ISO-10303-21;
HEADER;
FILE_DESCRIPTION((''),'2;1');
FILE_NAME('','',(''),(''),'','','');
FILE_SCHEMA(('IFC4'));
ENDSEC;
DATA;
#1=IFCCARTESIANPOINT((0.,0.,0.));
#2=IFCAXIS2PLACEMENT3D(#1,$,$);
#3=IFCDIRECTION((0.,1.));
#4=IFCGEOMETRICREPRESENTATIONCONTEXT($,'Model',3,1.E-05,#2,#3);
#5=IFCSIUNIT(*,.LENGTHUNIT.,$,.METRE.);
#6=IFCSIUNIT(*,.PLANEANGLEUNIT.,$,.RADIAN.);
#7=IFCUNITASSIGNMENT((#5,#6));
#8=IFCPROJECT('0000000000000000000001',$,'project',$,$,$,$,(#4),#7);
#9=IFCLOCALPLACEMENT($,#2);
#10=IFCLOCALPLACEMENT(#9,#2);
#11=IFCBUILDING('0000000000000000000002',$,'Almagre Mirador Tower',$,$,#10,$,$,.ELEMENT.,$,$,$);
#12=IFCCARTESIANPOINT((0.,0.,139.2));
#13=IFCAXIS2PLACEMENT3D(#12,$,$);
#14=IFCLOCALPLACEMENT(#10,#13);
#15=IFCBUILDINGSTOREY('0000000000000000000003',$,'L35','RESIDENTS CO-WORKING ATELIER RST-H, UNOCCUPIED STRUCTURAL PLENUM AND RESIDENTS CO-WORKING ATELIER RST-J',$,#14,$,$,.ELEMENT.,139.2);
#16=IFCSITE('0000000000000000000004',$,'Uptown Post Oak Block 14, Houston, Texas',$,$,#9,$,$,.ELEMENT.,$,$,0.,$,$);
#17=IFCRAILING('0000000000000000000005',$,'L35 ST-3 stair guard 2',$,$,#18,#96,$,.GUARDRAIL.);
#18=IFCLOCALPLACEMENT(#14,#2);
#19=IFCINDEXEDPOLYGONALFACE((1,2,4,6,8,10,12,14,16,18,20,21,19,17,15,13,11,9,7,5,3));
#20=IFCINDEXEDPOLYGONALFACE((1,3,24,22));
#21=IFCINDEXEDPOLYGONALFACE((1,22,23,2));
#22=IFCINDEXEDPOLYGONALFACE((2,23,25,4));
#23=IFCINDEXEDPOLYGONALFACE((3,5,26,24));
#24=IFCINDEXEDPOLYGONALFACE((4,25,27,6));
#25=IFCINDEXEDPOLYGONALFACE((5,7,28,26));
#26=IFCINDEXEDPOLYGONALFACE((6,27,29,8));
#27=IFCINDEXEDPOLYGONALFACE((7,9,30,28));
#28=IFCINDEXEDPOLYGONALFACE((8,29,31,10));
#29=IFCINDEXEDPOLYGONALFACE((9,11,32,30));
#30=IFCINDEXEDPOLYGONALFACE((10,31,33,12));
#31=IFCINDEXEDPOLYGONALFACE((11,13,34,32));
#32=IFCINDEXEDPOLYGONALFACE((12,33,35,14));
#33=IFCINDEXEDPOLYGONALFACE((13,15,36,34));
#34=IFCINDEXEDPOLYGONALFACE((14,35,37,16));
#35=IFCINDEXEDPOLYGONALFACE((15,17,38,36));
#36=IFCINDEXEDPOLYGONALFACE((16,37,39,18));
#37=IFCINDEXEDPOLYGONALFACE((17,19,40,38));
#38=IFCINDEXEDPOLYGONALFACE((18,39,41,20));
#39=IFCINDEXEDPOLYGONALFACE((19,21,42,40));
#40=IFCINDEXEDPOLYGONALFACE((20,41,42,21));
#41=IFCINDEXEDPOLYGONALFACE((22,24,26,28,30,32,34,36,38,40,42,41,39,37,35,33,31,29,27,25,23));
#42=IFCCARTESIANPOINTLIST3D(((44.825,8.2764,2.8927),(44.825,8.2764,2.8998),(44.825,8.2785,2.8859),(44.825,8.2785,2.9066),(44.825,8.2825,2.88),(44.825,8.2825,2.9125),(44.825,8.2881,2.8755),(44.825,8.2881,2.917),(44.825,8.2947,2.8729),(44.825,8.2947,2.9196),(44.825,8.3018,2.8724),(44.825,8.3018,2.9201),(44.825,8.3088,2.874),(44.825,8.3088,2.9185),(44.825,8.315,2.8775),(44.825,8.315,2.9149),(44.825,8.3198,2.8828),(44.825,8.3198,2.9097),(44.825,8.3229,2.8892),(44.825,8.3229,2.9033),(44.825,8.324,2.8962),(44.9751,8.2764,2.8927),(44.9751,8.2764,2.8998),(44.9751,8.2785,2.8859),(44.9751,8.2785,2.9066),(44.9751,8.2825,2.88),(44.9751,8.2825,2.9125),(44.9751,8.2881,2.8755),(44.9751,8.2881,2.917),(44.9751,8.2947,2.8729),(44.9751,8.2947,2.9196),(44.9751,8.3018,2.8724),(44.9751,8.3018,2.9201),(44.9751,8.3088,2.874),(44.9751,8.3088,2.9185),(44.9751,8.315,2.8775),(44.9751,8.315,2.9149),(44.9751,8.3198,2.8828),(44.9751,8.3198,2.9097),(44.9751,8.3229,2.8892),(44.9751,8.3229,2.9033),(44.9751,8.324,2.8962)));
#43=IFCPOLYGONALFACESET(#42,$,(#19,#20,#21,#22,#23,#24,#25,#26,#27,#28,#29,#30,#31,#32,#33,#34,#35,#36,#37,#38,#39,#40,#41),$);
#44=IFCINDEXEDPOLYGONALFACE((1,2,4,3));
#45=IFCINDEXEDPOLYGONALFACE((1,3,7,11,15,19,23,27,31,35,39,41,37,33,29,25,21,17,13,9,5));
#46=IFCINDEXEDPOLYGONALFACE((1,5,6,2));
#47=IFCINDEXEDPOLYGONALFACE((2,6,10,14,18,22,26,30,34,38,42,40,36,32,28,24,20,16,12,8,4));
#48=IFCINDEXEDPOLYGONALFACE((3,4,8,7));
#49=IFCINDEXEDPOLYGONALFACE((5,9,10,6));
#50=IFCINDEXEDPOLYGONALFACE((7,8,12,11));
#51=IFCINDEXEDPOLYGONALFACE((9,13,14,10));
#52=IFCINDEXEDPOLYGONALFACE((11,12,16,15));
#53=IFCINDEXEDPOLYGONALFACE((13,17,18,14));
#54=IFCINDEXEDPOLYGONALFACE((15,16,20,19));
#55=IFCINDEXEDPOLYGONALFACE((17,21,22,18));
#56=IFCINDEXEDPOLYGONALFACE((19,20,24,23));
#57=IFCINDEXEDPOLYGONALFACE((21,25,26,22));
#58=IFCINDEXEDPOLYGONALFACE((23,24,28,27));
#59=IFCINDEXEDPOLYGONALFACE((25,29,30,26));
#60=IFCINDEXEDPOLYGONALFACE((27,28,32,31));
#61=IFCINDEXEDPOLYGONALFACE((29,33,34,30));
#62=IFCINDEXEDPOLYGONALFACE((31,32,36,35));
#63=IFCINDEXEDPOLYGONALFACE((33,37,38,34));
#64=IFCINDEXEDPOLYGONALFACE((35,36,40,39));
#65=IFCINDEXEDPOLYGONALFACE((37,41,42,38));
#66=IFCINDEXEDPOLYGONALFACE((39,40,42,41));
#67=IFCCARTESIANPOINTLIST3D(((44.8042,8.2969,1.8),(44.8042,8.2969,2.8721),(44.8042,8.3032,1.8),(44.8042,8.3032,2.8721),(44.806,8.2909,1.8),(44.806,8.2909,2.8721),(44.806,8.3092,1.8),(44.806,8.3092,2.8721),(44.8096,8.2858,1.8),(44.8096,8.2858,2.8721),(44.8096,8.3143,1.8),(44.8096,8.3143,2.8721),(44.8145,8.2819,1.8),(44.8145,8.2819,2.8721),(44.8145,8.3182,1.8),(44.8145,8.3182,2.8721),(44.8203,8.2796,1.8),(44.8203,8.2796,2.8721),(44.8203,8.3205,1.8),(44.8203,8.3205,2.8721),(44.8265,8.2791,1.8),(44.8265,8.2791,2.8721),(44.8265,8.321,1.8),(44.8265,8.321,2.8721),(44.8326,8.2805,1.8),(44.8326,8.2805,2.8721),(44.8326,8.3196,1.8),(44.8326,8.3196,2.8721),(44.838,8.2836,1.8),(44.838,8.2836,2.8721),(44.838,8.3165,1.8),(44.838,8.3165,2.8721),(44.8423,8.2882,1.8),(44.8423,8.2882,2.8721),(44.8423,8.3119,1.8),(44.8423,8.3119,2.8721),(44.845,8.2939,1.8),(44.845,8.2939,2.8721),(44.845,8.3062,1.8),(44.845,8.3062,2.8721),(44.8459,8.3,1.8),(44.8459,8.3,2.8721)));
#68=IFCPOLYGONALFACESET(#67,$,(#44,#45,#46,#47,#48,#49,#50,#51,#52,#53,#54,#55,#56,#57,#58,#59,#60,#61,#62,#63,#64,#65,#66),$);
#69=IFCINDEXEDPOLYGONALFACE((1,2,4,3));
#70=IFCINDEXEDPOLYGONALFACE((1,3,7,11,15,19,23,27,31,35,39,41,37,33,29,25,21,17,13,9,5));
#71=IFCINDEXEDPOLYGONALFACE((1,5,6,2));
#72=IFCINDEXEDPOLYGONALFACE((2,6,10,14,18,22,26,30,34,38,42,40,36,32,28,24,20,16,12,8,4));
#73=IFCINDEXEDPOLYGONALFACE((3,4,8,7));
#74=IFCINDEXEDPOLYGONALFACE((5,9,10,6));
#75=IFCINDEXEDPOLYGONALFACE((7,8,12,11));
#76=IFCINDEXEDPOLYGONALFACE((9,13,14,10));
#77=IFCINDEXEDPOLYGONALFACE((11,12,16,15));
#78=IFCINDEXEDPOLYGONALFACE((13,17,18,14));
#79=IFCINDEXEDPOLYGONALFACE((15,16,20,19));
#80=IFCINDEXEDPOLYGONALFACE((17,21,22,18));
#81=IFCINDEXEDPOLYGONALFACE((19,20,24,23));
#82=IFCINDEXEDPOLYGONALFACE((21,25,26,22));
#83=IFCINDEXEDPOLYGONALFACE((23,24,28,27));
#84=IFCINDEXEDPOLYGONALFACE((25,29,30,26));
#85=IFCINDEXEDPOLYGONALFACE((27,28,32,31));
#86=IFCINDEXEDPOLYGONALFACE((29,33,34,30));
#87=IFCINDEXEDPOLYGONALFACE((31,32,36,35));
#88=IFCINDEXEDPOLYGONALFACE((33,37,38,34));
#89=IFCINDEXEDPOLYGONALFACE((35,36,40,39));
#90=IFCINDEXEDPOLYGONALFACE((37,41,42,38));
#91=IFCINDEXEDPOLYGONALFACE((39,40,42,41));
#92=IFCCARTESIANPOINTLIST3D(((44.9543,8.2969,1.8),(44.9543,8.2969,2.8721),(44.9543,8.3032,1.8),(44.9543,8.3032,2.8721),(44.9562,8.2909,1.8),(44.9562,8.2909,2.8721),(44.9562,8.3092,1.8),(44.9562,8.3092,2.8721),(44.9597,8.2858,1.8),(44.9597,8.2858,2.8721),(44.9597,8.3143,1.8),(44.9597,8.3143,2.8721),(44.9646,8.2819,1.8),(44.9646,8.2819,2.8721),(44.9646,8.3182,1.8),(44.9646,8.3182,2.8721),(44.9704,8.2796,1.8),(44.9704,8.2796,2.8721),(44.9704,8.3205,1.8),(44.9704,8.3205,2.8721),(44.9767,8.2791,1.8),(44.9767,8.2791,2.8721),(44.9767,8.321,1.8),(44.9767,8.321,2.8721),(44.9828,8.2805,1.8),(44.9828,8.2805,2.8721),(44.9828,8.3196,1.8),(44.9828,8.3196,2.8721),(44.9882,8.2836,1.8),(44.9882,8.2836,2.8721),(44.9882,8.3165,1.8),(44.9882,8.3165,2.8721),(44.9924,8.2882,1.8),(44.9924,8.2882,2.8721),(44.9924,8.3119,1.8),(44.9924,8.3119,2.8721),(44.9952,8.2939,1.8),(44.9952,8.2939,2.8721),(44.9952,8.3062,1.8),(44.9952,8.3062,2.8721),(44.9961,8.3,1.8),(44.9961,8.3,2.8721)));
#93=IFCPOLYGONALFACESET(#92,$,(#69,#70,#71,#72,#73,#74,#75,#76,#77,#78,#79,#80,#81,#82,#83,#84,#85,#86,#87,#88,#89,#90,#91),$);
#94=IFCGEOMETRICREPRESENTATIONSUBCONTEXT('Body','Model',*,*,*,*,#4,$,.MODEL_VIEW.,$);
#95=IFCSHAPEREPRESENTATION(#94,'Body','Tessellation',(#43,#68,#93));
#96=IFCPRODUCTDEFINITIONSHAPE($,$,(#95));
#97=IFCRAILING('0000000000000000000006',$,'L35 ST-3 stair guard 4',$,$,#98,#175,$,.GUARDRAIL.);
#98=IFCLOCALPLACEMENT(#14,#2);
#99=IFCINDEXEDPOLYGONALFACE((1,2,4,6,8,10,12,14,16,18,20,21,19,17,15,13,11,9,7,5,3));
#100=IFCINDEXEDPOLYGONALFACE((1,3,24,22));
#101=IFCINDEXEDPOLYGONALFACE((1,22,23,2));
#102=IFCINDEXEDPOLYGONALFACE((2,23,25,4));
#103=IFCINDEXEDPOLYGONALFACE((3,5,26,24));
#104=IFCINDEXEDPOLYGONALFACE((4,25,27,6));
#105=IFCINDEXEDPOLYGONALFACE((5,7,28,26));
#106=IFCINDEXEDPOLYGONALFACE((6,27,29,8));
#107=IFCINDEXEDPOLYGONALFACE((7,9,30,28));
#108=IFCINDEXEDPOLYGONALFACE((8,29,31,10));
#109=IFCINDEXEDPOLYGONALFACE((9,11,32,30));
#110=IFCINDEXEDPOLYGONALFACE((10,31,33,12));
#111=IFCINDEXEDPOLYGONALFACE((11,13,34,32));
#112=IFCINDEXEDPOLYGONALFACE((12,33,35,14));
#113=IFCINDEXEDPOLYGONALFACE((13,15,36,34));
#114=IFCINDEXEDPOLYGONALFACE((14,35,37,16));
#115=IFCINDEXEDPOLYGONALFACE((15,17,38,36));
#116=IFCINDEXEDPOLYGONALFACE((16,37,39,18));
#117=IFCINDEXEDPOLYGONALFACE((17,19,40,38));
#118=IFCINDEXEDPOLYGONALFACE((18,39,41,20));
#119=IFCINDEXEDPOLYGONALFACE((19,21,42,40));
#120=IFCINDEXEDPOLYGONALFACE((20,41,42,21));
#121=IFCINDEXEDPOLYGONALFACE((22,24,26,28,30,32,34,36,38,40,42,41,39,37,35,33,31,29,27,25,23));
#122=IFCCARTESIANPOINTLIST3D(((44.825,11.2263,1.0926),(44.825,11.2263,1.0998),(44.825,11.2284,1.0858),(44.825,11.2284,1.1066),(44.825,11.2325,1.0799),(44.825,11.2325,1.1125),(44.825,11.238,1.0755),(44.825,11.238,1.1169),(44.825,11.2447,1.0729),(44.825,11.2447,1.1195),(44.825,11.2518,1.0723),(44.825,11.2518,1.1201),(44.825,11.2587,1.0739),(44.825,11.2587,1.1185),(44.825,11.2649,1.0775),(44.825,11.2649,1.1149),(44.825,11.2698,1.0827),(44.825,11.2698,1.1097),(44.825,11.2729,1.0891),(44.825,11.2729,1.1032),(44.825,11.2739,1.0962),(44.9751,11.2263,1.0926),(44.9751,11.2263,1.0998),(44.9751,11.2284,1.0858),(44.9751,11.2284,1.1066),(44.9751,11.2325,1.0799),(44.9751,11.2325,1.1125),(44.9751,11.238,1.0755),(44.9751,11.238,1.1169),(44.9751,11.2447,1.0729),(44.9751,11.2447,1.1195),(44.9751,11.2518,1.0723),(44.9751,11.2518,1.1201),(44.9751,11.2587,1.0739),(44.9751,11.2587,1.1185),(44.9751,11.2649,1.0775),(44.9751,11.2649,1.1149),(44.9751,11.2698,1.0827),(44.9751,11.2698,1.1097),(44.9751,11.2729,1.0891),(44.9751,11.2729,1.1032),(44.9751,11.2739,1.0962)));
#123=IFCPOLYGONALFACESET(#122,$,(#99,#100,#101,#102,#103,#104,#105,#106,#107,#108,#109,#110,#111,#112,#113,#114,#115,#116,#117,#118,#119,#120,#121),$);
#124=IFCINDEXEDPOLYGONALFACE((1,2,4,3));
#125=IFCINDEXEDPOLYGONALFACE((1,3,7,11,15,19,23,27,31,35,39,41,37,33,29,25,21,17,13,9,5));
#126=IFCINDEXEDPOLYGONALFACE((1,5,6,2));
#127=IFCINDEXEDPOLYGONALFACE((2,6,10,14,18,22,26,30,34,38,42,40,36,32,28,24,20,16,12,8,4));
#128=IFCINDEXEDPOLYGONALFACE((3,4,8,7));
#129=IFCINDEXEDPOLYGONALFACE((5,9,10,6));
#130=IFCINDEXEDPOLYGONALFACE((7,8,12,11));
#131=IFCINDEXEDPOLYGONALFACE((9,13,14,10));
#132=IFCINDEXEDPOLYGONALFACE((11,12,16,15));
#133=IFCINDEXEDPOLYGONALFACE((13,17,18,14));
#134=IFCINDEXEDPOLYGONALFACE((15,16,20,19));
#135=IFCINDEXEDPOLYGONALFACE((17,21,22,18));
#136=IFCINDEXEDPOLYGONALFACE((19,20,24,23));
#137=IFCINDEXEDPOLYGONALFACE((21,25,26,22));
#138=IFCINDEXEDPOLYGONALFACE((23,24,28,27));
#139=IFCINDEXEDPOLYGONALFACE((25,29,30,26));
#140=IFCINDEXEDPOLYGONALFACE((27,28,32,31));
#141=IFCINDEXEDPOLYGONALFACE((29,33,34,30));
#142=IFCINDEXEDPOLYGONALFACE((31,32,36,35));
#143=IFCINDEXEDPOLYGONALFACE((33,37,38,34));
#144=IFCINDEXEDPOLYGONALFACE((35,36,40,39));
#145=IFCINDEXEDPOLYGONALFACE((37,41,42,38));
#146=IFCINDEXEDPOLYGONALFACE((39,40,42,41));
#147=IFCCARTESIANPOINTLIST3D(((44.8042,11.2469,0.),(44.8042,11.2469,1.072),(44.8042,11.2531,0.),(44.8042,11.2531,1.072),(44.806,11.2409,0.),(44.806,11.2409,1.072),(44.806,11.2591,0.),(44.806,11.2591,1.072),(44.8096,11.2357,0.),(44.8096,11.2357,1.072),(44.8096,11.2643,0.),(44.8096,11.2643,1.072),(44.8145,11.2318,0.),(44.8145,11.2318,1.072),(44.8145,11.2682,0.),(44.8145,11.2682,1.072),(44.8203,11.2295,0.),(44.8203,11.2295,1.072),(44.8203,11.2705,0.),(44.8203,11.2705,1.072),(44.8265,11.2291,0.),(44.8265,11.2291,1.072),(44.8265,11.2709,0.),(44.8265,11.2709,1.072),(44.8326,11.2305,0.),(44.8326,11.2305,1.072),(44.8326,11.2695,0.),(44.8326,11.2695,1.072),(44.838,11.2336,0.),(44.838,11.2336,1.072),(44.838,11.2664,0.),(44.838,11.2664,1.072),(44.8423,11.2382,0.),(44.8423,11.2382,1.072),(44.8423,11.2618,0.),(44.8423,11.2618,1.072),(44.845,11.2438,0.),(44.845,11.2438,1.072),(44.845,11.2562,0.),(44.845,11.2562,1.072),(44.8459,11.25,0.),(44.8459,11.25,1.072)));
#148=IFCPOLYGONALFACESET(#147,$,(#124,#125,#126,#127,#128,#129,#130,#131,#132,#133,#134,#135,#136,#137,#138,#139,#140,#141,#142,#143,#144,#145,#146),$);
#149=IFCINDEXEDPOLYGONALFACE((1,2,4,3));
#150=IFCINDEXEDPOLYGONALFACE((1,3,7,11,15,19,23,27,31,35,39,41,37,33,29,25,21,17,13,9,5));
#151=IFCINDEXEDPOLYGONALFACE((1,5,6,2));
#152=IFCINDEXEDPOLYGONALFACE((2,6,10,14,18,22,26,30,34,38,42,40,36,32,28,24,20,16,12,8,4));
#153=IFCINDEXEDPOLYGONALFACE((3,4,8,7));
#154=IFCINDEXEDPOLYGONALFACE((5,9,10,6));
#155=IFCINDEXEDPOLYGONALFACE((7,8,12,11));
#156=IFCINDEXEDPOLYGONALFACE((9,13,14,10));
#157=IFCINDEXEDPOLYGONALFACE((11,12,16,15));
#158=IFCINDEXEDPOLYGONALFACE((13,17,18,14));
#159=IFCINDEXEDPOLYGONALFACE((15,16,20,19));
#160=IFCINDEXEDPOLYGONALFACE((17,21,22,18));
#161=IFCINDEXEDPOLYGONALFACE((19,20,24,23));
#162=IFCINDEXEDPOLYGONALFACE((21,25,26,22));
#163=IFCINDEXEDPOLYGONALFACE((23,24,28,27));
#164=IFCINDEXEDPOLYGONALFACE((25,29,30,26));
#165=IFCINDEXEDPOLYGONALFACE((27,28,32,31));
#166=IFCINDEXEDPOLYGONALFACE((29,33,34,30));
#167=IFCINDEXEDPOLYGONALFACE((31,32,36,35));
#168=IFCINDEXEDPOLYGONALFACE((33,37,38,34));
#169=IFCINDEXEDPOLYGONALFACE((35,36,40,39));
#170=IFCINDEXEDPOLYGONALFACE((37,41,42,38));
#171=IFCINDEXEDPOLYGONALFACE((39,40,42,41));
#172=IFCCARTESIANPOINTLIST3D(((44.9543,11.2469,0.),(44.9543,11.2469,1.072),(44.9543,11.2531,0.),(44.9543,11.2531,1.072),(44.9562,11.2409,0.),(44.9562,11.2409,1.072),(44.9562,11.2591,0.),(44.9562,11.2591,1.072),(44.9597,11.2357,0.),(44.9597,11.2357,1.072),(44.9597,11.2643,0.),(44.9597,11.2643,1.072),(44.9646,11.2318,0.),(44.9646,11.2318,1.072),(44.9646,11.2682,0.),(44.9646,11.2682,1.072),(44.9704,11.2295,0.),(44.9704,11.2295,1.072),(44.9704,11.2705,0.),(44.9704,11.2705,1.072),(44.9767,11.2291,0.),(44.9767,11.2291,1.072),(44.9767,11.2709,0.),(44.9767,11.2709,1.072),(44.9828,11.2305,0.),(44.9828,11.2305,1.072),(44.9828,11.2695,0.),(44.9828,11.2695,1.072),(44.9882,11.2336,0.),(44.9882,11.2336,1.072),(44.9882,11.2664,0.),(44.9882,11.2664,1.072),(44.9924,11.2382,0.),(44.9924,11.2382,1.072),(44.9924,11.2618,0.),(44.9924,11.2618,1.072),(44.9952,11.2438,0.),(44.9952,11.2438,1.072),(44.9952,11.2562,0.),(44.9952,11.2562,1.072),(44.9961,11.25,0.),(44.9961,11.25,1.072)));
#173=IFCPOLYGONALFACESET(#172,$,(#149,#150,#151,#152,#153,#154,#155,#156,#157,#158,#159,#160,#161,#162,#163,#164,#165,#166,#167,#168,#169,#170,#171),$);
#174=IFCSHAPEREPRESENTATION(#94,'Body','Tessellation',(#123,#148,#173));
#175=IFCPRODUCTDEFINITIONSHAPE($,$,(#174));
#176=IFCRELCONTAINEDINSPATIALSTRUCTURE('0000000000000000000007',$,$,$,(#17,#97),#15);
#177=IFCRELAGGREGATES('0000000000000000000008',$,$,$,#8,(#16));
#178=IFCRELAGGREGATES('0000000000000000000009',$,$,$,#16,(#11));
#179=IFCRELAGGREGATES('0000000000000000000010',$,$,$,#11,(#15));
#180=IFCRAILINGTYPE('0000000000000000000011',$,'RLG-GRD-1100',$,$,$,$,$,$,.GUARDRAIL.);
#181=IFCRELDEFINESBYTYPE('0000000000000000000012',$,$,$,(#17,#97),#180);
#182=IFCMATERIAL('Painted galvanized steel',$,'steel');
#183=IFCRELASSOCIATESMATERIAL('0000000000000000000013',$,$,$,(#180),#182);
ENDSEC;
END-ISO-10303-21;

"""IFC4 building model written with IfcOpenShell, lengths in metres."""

from ifc_helpers import new_model, si_unit, direction, frame, origin, origin_2d, place, context, subcontext, project, spatial, circle, extrude, material, type_object, element, save


model = new_model("IFC4")

# Units and contexts
model_context = context("Model", 3, precision=1e-05, world=origin(), true_north=direction((0.0, 1.0)))
body_context = subcontext(model_context, "Body", "Model", "MODEL_VIEW")
ifc_project = project(units=[si_unit("LENGTHUNIT", "METRE"), si_unit("PLANEANGLEUNIT", "RADIAN")], contexts=[model_context])

# Site, building, storey
site_placement = place(None, origin())
site = spatial("IfcSite", under=ifc_project, at=site_placement, Name="Uptown Post Oak Block 14, Houston, Texas", CompositionType="ELEMENT", RefElevation=0.0)
building_placement = place(site_placement, origin())
building = spatial("IfcBuilding", under=site, at=building_placement, Name="Almagre Mirador Tower", CompositionType="ELEMENT")
storey_placement = place(building_placement, frame((0.0, 0.0, 139.2)))
storey = spatial("IfcBuildingStorey", under=building, at=storey_placement, Name="L35", Description="RESIDENTS CO-WORKING ATELIER RST-H, UNOCCUPIED STRUCTURAL PLENUM AND RESIDENTS CO-WORKING ATELIER RST-J", CompositionType="ELEMENT", Elevation=139.2)

# Railings
ifc_material_1 = material(Name="Painted galvanized steel", Category="steel")
railing_type_1 = type_object("IfcRailingType", Name="RLG-GRD-1100", PredefinedType="GUARDRAIL", material=ifc_material_1)
for number, where, name in (
    (1, (44.825, 8.3, 1.8), "L35 ST-3 stair guard 2"),
    (2, (44.825, 11.25, 0.0), "L35 ST-3 stair guard 4"),
):
    element("IfcRailing", number, at=place(storey_placement, frame(where)), inside=storey, type_object=railing_type_1, Name=name, PredefinedType="GUARDRAIL", context=body_context, shape_type="SweptSolid", body=[
        extrude(circle(Radius=0.0239, at=origin_2d()), frame((0.0, 0.0, 1.0962), z_axis=(1.0, 0.0, 0.0), x_axis=(0.0, 1.0, 0.0)), (0.0, 0.0, 1.0), 0.1501),
        extrude(circle(Radius=0.021, at=origin_2d()), origin(), (0.0, 0.0, 1.0), 1.072),
        extrude(circle(Radius=0.021, at=origin_2d()), frame((0.1501, 0.0, 0.0)), (0.0, 0.0, 1.0), 1.072),
    ])

save(model, "model.ifc")
